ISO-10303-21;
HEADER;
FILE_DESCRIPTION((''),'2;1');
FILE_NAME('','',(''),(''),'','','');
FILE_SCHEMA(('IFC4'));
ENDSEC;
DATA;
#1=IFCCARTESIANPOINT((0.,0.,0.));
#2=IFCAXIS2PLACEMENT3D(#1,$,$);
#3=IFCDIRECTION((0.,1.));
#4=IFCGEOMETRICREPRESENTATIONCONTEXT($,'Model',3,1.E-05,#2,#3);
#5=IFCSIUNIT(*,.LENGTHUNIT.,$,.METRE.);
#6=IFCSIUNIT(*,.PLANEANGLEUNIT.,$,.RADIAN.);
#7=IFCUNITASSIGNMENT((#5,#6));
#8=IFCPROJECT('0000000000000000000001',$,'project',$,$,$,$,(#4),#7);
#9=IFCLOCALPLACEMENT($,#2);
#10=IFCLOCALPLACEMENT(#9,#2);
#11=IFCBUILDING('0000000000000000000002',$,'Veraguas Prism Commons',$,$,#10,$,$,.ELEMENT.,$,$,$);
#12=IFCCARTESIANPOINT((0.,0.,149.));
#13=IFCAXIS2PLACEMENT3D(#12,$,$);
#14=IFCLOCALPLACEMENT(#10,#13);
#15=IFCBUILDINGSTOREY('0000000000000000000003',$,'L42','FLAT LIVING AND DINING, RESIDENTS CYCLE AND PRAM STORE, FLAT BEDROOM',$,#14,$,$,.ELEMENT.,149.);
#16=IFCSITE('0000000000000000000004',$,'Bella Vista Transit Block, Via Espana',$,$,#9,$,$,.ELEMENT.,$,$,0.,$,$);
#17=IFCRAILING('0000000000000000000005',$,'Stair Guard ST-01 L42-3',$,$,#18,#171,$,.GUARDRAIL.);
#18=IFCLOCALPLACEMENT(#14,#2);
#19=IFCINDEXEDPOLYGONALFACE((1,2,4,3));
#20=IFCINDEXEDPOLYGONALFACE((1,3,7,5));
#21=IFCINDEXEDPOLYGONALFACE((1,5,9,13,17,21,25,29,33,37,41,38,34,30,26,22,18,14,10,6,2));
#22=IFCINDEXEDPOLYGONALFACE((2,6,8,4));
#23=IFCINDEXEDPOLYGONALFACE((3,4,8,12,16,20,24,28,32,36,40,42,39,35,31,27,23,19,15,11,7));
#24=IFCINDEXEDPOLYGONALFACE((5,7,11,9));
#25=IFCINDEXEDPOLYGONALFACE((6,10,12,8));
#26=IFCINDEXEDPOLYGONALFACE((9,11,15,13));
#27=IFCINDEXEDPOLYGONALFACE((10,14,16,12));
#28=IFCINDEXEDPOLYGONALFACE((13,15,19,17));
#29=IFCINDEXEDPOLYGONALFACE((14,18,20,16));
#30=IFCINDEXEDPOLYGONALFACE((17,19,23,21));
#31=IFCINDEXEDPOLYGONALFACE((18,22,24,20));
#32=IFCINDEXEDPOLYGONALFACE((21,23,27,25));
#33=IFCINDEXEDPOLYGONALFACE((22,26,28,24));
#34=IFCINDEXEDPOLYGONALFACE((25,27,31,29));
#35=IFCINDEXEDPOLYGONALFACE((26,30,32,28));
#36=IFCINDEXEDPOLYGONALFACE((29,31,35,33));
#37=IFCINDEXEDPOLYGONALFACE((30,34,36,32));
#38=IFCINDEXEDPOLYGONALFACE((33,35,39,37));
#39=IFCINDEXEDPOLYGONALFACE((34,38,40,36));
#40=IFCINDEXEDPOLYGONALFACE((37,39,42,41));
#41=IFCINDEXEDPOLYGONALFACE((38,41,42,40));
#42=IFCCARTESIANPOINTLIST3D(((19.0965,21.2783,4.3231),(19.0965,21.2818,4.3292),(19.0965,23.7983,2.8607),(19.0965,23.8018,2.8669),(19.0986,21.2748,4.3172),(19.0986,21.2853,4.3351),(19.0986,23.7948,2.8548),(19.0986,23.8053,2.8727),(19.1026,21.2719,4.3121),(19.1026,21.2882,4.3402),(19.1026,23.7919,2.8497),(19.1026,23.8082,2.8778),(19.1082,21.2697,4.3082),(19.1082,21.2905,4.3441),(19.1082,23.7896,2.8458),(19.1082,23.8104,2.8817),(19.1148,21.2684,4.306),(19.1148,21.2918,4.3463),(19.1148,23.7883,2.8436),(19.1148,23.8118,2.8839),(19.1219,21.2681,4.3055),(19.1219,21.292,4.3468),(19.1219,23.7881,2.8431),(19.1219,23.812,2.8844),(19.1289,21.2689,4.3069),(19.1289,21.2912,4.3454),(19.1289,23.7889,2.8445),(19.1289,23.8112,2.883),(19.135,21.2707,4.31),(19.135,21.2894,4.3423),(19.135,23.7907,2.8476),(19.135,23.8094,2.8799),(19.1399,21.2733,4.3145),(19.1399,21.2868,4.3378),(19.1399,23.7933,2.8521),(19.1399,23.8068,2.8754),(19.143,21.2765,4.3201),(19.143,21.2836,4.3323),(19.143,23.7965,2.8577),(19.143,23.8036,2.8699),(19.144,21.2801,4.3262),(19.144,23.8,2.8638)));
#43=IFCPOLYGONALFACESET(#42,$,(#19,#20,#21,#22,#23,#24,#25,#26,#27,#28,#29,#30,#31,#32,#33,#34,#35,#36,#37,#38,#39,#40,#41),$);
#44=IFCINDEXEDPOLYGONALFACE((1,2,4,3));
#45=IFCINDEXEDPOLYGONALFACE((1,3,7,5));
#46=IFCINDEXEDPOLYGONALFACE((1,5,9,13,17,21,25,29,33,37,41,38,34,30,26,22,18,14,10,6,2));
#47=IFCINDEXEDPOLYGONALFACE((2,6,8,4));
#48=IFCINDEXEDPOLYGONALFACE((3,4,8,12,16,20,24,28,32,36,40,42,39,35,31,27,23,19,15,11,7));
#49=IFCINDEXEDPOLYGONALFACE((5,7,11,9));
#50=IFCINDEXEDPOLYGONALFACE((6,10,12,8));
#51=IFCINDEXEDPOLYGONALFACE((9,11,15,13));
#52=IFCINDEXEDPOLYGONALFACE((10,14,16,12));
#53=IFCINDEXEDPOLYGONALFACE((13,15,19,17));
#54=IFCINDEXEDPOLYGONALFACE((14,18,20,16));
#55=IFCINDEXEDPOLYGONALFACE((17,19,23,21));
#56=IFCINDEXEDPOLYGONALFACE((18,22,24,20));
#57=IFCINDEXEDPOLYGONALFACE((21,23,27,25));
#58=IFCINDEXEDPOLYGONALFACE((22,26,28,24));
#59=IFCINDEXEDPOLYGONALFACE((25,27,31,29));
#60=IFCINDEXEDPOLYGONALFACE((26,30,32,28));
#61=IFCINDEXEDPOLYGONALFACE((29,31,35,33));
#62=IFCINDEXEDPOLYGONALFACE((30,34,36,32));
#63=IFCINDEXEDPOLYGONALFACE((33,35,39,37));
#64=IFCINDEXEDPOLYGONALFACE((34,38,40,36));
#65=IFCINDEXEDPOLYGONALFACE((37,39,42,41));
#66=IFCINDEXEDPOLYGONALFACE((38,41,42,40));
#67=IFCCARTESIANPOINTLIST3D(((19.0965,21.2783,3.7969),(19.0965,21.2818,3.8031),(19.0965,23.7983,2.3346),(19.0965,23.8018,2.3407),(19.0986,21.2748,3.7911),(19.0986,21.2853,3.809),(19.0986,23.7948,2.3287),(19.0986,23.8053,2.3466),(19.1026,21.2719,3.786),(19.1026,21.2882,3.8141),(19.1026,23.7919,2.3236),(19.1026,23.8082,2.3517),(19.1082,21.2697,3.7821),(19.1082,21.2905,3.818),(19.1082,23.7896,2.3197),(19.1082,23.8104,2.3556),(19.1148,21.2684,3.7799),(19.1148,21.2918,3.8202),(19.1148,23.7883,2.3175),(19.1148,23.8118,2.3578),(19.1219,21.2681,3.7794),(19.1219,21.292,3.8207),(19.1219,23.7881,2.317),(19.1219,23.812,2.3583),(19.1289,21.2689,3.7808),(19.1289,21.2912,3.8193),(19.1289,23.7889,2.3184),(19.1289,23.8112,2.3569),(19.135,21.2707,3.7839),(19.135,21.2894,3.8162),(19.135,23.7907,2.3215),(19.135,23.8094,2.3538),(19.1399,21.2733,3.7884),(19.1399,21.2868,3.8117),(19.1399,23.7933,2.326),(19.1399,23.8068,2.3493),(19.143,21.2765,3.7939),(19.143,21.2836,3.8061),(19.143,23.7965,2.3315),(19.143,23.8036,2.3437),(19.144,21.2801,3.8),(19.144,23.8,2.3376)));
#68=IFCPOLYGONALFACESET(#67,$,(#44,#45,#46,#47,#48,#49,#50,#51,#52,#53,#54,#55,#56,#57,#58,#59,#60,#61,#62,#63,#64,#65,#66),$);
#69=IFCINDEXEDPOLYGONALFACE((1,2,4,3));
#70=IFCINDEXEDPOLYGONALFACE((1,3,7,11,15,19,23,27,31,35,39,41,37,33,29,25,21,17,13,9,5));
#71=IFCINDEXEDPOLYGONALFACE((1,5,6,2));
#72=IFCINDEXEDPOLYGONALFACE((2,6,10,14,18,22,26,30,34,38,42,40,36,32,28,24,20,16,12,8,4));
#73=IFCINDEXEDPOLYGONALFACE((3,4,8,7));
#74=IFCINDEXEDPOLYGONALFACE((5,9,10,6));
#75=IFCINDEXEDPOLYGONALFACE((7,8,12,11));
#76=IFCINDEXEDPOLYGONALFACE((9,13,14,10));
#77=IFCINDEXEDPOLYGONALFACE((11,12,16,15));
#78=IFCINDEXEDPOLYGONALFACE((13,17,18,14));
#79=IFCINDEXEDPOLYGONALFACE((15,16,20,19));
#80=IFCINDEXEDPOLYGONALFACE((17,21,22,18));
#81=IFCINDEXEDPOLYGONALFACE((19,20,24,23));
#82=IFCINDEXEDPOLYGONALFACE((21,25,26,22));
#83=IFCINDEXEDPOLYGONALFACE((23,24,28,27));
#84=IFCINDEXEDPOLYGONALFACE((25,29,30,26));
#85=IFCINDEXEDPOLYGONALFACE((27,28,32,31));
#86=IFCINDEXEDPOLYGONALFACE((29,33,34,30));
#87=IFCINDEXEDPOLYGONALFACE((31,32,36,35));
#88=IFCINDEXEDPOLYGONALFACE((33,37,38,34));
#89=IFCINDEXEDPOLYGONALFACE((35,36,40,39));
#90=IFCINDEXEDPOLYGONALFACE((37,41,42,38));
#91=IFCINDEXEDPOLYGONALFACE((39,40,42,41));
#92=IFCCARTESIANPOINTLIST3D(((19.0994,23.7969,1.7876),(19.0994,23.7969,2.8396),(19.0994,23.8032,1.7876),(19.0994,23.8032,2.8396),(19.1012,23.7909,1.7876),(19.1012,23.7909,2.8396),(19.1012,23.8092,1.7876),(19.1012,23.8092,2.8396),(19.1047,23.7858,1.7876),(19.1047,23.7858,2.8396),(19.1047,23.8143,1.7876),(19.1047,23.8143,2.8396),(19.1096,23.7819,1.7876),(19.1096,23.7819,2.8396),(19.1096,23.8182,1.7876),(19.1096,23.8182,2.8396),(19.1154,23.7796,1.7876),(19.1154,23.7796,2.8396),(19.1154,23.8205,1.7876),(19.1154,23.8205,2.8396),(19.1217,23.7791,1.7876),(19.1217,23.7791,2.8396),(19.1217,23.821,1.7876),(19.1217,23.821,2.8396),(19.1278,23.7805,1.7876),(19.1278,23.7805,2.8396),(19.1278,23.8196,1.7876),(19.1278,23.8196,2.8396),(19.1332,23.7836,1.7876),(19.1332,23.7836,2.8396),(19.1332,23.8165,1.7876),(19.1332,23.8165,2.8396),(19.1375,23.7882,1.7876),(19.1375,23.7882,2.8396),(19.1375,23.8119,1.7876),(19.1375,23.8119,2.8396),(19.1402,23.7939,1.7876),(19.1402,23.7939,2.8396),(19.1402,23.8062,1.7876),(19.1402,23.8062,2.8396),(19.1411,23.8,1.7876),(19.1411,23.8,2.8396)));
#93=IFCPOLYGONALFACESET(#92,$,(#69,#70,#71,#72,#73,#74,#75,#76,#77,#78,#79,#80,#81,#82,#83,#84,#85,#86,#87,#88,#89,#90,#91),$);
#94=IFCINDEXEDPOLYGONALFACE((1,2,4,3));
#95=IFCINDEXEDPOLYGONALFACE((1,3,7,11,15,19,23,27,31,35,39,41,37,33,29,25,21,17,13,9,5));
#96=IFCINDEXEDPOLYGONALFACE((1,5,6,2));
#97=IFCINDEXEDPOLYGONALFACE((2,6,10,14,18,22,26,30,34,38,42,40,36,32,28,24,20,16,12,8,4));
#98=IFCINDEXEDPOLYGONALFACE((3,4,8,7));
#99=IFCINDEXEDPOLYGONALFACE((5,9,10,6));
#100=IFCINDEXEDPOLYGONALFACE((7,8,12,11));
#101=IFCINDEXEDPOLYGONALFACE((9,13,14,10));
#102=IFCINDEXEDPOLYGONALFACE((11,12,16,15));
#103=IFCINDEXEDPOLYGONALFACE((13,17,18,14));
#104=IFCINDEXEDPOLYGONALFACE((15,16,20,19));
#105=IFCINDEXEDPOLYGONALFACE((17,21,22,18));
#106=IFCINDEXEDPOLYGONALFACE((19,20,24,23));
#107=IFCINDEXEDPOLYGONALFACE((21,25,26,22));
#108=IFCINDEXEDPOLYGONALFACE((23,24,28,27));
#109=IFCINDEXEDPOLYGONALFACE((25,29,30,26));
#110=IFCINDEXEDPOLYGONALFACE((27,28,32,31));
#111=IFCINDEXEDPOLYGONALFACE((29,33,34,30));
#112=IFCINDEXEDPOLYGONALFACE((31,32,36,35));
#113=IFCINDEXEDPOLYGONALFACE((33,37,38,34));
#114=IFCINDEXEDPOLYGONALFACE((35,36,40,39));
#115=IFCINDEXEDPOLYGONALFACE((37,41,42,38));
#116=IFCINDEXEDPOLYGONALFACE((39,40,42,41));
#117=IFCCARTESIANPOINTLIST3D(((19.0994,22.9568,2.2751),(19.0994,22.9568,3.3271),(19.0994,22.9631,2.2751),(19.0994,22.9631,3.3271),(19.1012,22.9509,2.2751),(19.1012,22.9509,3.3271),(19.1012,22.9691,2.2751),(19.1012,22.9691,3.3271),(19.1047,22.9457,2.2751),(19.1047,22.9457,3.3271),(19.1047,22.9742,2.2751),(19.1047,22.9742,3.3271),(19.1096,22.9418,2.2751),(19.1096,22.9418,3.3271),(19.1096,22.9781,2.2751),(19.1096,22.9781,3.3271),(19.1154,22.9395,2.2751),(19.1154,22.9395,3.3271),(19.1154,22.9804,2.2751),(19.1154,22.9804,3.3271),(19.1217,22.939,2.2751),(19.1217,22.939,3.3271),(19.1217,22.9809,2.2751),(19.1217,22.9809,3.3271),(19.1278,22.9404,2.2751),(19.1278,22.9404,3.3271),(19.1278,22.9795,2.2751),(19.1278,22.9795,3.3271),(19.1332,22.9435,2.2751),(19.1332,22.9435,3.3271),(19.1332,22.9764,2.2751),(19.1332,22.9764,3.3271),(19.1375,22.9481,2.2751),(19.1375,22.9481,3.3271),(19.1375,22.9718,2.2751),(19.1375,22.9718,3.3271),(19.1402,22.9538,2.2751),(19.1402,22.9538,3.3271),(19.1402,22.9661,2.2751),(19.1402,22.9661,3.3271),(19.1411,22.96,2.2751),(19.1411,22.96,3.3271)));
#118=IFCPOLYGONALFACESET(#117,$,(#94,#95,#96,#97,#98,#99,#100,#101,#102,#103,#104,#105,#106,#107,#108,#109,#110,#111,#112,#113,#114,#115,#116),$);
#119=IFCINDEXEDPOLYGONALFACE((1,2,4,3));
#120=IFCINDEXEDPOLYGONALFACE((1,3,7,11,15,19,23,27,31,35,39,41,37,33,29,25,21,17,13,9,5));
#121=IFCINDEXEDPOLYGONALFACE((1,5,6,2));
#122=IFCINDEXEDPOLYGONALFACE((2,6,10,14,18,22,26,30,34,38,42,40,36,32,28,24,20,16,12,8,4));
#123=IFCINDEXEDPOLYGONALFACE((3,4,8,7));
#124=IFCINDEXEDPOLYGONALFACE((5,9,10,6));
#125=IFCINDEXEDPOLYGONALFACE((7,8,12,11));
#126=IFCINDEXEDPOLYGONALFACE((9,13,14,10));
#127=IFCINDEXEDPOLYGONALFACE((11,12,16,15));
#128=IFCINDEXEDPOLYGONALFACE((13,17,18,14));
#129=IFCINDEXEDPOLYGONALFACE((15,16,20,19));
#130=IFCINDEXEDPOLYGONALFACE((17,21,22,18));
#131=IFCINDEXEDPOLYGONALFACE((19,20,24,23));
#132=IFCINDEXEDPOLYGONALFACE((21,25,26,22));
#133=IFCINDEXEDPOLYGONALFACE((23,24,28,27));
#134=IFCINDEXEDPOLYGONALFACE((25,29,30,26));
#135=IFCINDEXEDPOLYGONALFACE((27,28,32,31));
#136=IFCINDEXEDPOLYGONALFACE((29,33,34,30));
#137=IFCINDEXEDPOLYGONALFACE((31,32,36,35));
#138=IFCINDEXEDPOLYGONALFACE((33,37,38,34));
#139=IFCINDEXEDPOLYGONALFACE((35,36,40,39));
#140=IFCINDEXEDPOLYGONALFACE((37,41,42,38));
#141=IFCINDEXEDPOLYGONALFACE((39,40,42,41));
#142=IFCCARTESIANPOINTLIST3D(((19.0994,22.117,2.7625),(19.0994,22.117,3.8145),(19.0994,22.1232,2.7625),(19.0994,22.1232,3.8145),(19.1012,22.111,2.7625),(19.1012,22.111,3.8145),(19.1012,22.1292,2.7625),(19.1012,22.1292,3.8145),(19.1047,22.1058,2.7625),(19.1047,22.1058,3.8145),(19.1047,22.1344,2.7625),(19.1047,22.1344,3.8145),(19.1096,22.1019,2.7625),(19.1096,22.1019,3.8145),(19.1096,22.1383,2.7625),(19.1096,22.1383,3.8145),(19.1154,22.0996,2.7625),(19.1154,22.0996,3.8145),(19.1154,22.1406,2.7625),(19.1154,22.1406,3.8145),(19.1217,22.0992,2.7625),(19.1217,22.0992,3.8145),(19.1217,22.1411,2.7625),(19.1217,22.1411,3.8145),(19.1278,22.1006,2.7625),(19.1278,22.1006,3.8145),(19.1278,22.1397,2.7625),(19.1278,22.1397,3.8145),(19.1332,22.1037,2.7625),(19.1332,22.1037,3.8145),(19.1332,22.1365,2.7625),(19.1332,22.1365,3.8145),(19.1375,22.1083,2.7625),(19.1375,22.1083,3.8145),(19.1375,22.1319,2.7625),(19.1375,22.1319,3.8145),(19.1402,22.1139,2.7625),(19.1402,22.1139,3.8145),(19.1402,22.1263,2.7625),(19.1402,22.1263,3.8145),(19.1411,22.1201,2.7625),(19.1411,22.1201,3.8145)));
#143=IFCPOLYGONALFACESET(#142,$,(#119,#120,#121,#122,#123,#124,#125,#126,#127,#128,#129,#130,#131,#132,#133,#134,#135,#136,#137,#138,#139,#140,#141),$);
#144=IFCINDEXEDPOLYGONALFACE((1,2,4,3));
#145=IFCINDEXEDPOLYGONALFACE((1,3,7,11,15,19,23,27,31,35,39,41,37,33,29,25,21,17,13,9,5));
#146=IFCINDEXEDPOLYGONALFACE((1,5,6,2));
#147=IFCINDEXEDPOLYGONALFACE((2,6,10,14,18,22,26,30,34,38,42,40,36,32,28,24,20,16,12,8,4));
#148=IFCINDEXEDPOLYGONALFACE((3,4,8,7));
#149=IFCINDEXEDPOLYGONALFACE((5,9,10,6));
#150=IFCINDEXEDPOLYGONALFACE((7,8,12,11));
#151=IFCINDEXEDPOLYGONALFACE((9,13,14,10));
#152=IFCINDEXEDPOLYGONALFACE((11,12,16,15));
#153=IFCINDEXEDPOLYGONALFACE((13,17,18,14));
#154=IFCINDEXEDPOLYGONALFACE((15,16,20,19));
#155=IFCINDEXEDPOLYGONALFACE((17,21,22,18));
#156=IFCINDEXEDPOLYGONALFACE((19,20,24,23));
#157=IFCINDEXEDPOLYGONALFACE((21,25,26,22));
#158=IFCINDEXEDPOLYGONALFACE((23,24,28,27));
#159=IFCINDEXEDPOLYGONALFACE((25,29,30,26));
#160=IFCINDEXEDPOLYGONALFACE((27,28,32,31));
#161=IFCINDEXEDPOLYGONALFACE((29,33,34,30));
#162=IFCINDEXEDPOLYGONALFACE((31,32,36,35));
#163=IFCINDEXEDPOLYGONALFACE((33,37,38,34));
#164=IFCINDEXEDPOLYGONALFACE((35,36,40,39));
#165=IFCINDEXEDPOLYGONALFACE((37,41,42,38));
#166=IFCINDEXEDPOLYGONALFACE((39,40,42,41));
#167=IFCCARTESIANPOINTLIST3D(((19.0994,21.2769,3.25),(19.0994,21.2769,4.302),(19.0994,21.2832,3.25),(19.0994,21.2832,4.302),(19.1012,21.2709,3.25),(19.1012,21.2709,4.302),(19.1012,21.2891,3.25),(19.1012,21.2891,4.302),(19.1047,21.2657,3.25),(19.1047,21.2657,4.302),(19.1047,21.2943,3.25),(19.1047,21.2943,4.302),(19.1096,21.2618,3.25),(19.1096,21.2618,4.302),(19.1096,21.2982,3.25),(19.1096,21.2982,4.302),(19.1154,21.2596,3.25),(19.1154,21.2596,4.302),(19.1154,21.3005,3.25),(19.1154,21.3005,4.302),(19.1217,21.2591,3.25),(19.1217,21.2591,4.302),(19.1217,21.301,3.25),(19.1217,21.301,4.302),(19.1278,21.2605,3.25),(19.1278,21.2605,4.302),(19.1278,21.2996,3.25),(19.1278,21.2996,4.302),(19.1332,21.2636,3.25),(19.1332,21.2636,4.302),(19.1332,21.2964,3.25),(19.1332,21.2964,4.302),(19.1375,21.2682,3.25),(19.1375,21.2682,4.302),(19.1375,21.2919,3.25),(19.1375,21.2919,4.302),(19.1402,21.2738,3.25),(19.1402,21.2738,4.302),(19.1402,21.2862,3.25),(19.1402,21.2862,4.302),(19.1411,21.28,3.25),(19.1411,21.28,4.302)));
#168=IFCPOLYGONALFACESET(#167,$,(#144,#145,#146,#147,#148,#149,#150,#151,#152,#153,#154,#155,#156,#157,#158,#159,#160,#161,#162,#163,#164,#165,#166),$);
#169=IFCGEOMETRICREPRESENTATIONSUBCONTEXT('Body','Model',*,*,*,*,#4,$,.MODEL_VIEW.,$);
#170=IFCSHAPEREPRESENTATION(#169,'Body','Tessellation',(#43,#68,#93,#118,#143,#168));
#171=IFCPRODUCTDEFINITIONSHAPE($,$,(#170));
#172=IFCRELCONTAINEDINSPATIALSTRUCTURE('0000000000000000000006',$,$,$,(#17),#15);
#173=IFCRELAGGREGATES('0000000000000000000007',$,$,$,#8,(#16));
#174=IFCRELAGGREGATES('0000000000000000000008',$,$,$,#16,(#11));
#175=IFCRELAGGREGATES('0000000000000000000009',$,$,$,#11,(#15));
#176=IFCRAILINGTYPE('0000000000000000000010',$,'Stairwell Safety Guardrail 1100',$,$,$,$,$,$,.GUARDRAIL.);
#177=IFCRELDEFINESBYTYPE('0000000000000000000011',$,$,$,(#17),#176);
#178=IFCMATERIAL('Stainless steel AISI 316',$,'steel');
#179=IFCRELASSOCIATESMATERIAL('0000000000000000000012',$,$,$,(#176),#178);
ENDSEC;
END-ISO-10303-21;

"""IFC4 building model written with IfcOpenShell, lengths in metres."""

from ifc_helpers import new_model, si_unit, direction, frame, origin, origin_2d, place, context, subcontext, project, spatial, circle, extrude, material, type_object, element, save


model = new_model("IFC4")

# Units and contexts
model_context = context("Model", 3, precision=1e-05, world=origin(), true_north=direction((0.0, 1.0)))
body_context = subcontext(model_context, "Body", "Model", "MODEL_VIEW")
ifc_project = project(units=[si_unit("LENGTHUNIT", "METRE"), si_unit("PLANEANGLEUNIT", "RADIAN")], contexts=[model_context])

# Site, building, storey
site_placement = place(None, origin())
site = spatial("IfcSite", under=ifc_project, at=site_placement, Name="Bella Vista Transit Block, Via Espana", CompositionType="ELEMENT", RefElevation=0.0)
building_placement = place(site_placement, origin())
building = spatial("IfcBuilding", under=site, at=building_placement, Name="Veraguas Prism Commons", CompositionType="ELEMENT")
storey_placement = place(building_placement, frame((0.0, 0.0, 149.0)))
storey = spatial("IfcBuildingStorey", under=building, at=storey_placement, Name="L42", Description="FLAT LIVING AND DINING, RESIDENTS CYCLE AND PRAM STORE, FLAT BEDROOM", CompositionType="ELEMENT", Elevation=149.0)

# Railing
ifc_material_1 = material(Name="Stainless steel AISI 316", Category="steel")
railing_type_1 = type_object("IfcRailingType", Name="Stairwell Safety Guardrail 1100", PredefinedType="GUARDRAIL", material=ifc_material_1)
railing_1_placement = place(storey_placement, frame((19.1201, 23.8, 1.7876)))
element("IfcRailing", 1, at=railing_1_placement, inside=storey, type_object=railing_type_1, Name="Stair Guard ST-01 L42-3", PredefinedType="GUARDRAIL", context=body_context, shape_type="SweptSolid", body=[
    extrude(circle(Radius=0.0239, at=origin_2d()), frame((0.0, 0.0, 1.0762), z_axis=(0.0, -0.864913, 0.501921), x_axis=(1.0, 0.0, 0.0)), (0.0, 0.0, 1.0), 2.9136),
    extrude(circle(Radius=0.0239, at=origin_2d()), frame((0.0, 0.0, 0.55), z_axis=(0.0, -0.864913, 0.501921), x_axis=(1.0, 0.0, 0.0)), (0.0, 0.0, 1.0), 2.9136),
    extrude(circle(Radius=0.021, at=origin_2d()), origin(), (0.0, 0.0, 1.0), 1.052),
    extrude(circle(Radius=0.021, at=origin_2d()), frame((0.0, -0.8401, 0.4875)), (0.0, 0.0, 1.0), 1.052),
    extrude(circle(Radius=0.021, at=origin_2d()), frame((0.0, -1.6799, 0.9749)), (0.0, 0.0, 1.0), 1.052),
    extrude(circle(Radius=0.021, at=origin_2d()), frame((0.0, -2.52, 1.4624)), (0.0, 0.0, 1.0), 1.052),
])

save(model, "model.ifc")
